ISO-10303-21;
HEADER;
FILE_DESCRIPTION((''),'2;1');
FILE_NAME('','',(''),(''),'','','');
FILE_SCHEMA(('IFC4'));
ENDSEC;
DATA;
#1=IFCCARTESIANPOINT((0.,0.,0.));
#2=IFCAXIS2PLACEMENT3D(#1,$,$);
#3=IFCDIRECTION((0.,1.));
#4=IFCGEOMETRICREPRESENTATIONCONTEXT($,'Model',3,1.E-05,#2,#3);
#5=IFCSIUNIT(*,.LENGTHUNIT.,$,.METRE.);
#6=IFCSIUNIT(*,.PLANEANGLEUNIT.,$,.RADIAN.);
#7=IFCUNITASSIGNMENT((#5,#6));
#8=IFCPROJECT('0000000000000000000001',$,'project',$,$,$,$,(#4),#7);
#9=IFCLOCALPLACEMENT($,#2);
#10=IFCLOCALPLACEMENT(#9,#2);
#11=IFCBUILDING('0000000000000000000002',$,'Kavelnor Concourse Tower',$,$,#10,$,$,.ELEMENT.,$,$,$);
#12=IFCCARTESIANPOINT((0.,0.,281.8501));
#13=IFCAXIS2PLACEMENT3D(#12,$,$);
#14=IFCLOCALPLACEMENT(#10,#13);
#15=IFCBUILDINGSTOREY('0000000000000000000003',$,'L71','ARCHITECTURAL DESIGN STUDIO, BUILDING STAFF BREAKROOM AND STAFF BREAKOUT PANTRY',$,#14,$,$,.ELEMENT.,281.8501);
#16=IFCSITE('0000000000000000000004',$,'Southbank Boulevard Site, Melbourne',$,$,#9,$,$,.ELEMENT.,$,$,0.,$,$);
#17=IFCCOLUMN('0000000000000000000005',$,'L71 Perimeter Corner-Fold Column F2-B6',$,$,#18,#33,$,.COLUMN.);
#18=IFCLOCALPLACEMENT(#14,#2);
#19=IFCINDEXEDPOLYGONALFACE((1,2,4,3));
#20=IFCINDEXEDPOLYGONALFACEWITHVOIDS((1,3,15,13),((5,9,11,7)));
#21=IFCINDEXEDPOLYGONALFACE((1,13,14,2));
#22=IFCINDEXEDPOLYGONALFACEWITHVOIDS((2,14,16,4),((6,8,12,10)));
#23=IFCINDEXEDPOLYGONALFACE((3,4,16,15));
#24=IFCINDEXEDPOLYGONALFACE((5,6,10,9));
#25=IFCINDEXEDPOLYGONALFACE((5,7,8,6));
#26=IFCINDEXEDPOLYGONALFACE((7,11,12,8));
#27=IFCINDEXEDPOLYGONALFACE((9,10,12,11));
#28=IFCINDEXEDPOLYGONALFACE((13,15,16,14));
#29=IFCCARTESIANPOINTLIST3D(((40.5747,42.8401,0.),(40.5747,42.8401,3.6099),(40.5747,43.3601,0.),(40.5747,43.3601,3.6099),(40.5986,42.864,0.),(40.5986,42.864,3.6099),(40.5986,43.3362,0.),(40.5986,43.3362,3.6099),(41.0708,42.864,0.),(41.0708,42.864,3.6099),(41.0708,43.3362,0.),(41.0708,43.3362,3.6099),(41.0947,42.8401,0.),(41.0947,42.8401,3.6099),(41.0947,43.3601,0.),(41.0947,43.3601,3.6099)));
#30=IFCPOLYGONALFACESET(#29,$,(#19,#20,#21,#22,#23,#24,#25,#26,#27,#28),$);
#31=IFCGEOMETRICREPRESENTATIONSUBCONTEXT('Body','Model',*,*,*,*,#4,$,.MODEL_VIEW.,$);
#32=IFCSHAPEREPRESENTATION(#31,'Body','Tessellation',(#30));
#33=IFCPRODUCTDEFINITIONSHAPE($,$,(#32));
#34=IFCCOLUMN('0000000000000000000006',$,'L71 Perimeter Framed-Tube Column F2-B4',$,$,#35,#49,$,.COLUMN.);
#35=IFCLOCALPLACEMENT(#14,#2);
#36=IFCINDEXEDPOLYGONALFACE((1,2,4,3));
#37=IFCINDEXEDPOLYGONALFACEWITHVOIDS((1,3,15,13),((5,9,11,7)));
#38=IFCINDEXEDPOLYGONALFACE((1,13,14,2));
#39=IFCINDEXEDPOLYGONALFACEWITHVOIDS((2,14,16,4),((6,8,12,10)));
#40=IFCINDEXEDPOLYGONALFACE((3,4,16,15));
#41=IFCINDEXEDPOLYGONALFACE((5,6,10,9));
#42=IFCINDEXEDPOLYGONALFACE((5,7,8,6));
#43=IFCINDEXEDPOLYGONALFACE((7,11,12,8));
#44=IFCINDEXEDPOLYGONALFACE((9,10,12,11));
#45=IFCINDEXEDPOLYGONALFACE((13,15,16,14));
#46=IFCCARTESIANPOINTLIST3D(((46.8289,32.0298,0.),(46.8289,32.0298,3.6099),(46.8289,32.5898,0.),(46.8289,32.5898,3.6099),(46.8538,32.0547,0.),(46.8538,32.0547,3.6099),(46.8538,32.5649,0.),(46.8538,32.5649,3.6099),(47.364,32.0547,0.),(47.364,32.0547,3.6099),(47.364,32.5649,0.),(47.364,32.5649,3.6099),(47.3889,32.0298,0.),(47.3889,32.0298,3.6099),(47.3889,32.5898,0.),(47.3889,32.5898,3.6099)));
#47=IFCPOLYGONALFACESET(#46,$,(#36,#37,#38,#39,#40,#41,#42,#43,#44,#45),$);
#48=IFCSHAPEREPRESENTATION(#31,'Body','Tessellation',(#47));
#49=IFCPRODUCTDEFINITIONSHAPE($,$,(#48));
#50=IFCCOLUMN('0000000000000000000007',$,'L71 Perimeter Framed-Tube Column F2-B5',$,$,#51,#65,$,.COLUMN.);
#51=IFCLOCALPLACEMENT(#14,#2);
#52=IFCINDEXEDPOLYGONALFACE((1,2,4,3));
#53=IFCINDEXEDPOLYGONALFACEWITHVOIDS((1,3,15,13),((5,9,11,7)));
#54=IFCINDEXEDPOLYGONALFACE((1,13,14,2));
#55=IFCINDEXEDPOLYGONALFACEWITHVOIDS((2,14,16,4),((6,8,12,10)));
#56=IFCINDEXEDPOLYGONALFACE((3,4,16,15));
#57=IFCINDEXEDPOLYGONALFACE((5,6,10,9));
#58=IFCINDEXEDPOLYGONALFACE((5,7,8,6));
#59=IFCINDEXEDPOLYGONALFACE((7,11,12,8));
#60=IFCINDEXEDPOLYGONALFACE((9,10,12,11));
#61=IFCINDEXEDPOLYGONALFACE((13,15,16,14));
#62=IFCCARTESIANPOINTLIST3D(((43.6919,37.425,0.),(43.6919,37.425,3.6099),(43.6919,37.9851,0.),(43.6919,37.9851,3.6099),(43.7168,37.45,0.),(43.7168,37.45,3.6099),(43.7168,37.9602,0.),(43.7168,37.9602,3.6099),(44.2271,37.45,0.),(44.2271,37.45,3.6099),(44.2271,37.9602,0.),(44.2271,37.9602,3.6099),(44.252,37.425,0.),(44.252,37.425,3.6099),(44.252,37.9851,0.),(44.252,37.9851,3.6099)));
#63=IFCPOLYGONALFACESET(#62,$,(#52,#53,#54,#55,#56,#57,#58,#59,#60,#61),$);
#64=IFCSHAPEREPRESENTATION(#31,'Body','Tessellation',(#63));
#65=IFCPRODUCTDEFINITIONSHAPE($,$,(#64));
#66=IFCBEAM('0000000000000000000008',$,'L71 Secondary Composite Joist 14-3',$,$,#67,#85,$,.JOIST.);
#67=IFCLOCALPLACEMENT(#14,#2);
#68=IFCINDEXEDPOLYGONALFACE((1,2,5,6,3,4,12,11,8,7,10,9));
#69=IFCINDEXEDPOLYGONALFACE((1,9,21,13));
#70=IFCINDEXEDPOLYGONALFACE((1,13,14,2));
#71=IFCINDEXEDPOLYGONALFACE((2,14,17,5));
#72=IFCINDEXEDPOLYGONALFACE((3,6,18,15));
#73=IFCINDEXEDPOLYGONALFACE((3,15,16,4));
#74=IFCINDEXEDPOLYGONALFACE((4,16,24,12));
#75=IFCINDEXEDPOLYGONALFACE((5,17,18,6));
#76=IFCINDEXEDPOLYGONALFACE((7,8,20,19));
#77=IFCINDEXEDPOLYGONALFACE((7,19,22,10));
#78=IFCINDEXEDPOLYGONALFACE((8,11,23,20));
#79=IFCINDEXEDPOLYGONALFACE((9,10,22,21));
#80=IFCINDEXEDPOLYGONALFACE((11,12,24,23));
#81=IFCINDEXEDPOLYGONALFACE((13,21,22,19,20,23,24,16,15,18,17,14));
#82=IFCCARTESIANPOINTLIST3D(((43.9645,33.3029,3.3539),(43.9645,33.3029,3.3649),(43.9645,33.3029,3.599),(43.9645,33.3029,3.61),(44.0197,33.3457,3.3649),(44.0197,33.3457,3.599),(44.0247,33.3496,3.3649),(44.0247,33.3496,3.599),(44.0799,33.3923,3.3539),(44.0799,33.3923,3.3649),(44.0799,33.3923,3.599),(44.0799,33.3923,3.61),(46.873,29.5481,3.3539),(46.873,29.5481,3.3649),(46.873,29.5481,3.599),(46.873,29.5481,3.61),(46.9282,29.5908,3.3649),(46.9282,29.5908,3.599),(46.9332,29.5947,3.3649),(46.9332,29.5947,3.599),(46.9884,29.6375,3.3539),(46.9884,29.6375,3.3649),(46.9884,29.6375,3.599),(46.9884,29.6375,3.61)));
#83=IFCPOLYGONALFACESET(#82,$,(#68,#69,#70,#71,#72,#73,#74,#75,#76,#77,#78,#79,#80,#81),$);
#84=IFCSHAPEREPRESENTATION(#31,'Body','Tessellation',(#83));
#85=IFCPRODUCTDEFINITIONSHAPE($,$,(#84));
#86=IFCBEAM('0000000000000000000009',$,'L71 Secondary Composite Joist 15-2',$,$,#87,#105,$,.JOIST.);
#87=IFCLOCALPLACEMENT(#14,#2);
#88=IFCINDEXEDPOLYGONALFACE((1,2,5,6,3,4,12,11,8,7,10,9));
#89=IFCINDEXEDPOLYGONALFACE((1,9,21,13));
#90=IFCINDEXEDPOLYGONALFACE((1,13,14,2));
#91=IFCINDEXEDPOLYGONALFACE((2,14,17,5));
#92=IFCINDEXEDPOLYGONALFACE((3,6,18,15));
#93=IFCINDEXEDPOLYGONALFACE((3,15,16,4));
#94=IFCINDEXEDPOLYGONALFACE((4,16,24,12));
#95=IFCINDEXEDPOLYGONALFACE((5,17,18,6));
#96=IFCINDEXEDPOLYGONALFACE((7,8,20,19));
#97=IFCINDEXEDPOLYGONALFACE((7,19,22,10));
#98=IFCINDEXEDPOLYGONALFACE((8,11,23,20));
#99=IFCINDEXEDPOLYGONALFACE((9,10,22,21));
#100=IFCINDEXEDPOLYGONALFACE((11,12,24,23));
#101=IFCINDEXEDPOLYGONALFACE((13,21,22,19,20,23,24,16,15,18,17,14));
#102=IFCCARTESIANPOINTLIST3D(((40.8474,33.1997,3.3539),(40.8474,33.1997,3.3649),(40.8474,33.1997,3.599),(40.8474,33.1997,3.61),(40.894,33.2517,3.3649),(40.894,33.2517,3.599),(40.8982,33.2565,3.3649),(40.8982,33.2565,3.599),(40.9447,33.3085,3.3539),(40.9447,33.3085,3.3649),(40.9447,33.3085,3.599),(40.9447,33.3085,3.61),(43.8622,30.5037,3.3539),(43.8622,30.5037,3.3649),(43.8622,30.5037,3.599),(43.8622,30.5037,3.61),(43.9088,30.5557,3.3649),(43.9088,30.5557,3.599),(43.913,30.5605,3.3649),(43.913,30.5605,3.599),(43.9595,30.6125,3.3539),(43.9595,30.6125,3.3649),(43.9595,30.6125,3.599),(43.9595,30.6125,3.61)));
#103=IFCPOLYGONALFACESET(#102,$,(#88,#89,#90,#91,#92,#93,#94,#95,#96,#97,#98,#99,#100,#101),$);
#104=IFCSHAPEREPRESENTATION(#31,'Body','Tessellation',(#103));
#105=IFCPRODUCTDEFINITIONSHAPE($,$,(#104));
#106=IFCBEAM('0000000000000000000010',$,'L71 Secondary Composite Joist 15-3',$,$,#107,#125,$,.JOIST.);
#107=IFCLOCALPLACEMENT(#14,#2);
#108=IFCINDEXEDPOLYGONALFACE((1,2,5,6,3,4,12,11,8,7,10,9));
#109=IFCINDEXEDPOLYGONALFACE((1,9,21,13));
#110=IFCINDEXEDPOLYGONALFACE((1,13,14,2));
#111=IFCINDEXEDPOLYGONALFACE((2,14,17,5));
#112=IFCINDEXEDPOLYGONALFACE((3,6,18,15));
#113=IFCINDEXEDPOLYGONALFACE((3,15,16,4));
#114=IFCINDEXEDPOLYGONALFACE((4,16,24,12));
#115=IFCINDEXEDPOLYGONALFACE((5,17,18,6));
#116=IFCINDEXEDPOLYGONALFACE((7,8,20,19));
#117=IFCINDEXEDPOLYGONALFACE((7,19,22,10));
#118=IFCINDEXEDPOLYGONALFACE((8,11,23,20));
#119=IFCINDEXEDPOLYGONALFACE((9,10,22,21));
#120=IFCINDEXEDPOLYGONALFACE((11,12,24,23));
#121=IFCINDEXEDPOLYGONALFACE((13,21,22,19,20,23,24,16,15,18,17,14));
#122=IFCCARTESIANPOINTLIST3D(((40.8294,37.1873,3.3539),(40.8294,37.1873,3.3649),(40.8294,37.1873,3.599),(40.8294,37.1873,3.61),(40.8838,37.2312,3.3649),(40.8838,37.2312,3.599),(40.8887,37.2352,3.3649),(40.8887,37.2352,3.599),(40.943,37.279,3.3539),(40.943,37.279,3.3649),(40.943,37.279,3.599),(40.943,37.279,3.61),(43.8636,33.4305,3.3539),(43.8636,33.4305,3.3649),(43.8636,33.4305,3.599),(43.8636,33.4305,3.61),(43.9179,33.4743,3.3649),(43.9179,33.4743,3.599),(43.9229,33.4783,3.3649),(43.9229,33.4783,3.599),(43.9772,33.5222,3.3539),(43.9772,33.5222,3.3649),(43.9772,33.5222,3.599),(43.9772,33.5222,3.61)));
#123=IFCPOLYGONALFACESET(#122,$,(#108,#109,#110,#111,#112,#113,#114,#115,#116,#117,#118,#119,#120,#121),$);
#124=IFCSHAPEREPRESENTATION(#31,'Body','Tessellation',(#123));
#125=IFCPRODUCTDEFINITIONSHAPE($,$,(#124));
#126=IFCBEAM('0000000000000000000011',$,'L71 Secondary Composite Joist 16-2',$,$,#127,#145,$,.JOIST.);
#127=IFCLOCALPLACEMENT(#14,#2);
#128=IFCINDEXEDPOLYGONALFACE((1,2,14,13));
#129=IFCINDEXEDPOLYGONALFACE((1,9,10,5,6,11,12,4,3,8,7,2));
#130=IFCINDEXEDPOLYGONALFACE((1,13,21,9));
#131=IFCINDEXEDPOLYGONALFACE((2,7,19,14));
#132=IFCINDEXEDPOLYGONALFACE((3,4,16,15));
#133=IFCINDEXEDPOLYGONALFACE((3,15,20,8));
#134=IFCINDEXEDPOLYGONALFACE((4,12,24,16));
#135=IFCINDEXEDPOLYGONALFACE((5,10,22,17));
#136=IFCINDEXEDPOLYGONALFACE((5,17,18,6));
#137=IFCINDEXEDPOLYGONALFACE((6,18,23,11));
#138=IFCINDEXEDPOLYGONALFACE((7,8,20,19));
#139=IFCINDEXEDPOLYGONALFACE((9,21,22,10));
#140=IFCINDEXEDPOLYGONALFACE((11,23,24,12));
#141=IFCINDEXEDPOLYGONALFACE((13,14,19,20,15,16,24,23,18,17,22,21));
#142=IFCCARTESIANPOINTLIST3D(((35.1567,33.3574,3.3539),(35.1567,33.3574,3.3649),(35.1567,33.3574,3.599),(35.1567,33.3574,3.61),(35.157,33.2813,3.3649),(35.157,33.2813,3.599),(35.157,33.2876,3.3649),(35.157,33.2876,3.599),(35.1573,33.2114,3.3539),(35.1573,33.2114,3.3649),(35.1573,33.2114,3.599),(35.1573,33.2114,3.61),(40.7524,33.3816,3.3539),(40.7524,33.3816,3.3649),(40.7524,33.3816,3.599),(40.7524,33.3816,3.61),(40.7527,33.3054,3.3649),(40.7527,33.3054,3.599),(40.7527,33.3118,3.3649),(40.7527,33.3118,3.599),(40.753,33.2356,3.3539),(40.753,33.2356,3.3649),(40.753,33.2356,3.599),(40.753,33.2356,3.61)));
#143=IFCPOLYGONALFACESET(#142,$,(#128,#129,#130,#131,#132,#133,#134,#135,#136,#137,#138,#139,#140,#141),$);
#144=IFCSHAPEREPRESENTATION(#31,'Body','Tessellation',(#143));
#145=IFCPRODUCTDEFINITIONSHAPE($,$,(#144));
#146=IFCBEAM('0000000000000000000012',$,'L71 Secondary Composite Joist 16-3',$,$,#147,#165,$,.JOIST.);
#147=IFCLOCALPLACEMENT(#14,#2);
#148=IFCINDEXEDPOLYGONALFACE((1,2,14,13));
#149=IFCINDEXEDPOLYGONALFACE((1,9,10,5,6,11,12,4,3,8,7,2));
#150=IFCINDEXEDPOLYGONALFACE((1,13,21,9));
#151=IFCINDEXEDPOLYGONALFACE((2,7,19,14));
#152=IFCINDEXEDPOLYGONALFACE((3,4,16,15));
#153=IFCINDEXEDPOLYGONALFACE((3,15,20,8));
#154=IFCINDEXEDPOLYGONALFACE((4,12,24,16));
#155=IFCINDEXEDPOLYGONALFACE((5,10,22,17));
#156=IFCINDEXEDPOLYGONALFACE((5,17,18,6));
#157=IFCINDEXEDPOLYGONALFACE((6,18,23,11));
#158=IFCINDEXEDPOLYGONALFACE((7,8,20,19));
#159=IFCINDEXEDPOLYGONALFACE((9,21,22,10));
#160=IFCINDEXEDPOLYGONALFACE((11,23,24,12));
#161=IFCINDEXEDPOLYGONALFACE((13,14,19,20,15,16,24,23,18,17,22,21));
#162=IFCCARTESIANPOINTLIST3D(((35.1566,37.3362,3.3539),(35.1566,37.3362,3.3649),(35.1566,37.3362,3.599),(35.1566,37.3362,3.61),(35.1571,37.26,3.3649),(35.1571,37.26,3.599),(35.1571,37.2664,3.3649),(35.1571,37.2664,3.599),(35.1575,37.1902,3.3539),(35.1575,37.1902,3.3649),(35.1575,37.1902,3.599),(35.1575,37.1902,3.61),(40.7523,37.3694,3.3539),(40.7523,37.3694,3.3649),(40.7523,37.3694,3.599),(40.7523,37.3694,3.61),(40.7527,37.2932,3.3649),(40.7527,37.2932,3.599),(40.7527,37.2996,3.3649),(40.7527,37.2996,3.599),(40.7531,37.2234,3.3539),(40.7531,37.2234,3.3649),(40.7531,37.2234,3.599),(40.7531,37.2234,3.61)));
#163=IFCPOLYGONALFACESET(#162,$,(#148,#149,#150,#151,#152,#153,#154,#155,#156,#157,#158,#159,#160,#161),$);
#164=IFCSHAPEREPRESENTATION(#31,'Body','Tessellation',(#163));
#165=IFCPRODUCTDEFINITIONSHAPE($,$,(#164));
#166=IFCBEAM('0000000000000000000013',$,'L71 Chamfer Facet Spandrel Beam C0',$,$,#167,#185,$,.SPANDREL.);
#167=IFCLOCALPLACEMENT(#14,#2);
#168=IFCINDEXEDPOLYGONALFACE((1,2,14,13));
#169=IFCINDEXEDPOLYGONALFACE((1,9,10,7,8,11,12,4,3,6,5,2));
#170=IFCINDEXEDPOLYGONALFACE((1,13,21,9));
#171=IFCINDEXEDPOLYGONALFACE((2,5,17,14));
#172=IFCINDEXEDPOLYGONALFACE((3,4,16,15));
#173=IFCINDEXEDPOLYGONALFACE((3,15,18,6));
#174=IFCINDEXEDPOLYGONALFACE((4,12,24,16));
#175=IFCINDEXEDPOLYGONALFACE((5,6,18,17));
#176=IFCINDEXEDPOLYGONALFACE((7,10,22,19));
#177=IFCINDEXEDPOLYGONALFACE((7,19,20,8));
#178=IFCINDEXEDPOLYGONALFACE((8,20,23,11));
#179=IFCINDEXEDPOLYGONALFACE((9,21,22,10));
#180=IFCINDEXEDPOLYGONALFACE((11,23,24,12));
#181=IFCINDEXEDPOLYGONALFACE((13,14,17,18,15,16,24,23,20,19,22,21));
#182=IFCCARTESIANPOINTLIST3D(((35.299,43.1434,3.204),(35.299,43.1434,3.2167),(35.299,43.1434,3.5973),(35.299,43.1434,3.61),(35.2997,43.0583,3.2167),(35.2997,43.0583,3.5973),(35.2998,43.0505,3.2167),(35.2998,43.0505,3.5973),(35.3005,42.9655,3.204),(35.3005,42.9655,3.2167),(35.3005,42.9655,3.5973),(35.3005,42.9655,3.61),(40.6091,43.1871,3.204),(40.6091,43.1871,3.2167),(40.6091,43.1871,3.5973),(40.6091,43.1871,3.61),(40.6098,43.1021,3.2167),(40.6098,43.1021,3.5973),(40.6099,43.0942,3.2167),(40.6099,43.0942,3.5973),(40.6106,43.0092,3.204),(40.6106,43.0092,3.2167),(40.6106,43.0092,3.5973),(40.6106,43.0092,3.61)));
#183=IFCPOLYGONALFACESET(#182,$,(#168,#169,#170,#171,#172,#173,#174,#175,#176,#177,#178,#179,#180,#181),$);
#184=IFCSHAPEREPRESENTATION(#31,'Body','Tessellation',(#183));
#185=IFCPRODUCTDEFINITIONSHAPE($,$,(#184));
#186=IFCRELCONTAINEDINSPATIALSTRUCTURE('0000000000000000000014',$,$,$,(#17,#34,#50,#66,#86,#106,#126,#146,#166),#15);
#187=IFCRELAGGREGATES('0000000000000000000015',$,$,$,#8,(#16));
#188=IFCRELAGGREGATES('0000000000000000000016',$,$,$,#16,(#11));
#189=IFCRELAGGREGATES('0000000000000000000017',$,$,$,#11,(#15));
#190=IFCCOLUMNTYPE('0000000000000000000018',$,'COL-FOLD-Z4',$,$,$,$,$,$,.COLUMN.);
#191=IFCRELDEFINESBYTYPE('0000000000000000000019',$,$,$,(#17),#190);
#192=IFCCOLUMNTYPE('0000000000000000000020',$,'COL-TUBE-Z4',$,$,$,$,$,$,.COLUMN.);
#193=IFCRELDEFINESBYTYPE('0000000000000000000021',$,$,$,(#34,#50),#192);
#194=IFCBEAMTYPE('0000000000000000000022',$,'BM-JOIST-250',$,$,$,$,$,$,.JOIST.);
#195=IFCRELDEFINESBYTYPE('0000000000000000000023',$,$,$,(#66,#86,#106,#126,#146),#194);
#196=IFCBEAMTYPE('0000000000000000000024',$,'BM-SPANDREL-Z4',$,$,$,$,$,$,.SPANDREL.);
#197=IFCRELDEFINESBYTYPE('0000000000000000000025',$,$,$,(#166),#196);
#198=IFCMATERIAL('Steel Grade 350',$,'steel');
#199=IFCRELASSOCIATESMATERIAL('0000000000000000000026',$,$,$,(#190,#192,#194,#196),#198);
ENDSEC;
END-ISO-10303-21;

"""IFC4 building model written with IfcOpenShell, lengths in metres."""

from ifc_helpers import new_model, si_unit, direction, frame, origin, origin_2d, place, context, subcontext, project, spatial, hollow_rectangle, i_section, extrude, material, material_profile, profile_set, type_object, element, save


model = new_model("IFC4")

# Units and contexts
model_context = context("Model", 3, precision=1e-05, world=origin(), true_north=direction((0.0, 1.0)))
body_context = subcontext(model_context, "Body", "Model", "MODEL_VIEW")
ifc_project = project(units=[si_unit("LENGTHUNIT", "METRE"), si_unit("PLANEANGLEUNIT", "RADIAN")], contexts=[model_context])

# Site, building, storey
site_placement = place(None, origin())
site = spatial("IfcSite", under=ifc_project, at=site_placement, Name="Southbank Boulevard Site, Melbourne", CompositionType="ELEMENT", RefElevation=0.0)
building_placement = place(site_placement, origin())
building = spatial("IfcBuilding", under=site, at=building_placement, Name="Kavelnor Concourse Tower", CompositionType="ELEMENT")
storey_placement = place(building_placement, frame((0.0, 0.0, 281.8501)))
storey = spatial("IfcBuildingStorey", under=building, at=storey_placement, Name="L71", Description="ARCHITECTURAL DESIGN STUDIO, BUILDING STAFF BREAKROOM AND STAFF BREAKOUT PANTRY", CompositionType="ELEMENT", Elevation=281.8501)

# Columns
ifc_material_1 = material(Name="Steel Grade 350", Category="steel")
ifc_material_profile_1 = material_profile(ifc_material_1, hollow_rectangle(XDim=0.52, YDim=0.52, WallThickness=0.0239, at=origin_2d()), Name="SHS 520x520x24")
ifc_profile_set_1 = profile_set([ifc_material_profile_1], Name="Steel Grade 350")
column_type_1 = type_object("IfcColumnType", Name="COL-FOLD-Z4", PredefinedType="COLUMN", material=ifc_profile_set_1)
column_placement = place(storey_placement, frame((40.8347, 43.1001, 0.0), z_axis=(0.0, 0.0, 1.0), x_axis=(1.0, 0.0, 0.0)))
element("IfcColumn", 1, at=column_placement, inside=storey, type_object=column_type_1, Name="L71 Perimeter Corner-Fold Column F2-B6", PredefinedType="COLUMN", context=body_context, shape_type="SweptSolid", body=[
    extrude(hollow_rectangle(XDim=0.52, YDim=0.52, WallThickness=0.0239, at=origin_2d()), origin(), (0.0, 0.0, 1.0), 3.6099),
])
ifc_material_profile_2 = material_profile(ifc_material_1, hollow_rectangle(XDim=0.5601, YDim=0.5601, WallThickness=0.0249, at=origin_2d()), Name="SHS 560x560x25")
ifc_profile_set_2 = profile_set([ifc_material_profile_2], Name="Steel Grade 350")
column_type_2 = type_object("IfcColumnType", Name="COL-TUBE-Z4", PredefinedType="COLUMN", material=ifc_profile_set_2)
for number, where, z_axis, x_axis, name in (
    (2, (47.1089, 32.3098, 0.0), (0.0, 0.0, 1.0), (1.0, 0.0, 0.0), "L71 Perimeter Framed-Tube Column F2-B4"),
    (3, (43.9719, 37.7051, 0.0), (0.0, 0.0, 1.0), (1.0, 0.0, 0.0), "L71 Perimeter Framed-Tube Column F2-B5"),
):
    element("IfcColumn", number, at=place(storey_placement, frame(where, z_axis=z_axis, x_axis=x_axis)), inside=storey, type_object=column_type_2, Name=name, PredefinedType="COLUMN", context=body_context, shape_type="SweptSolid", body=[
        extrude(hollow_rectangle(XDim=0.5601, YDim=0.5601, WallThickness=0.0249, at=origin_2d()), origin(), (0.0, 0.0, 1.0), 3.6099),
    ])

# Beams
ifc_material_profile_3 = material_profile(ifc_material_1, i_section(OverallWidth=0.146, OverallDepth=0.2561, WebThickness=0.0063, FlangeThickness=0.011, at=origin_2d()), Name="250UB37")
ifc_profile_set_3 = profile_set([ifc_material_profile_3], Name="Steel Grade 350")
beam_type_1 = type_object("IfcBeamType", Name="BM-JOIST-250", PredefinedType="JOIST", material=ifc_profile_set_3)
beam_1_placement = place(storey_placement, frame((46.9307, 29.5928, 3.4819), z_axis=(-0.612363, 0.790577, 0.0), x_axis=(-0.790577, -0.612363, 0.0)))
element("IfcBeam", 4, at=beam_1_placement, inside=storey, type_object=beam_type_1, Name="L71 Secondary Composite Joist 14-3", PredefinedType="JOIST", context=body_context, shape_type="SweptSolid", body=[
    extrude(i_section(OverallWidth=0.146, OverallDepth=0.2561, WebThickness=0.0063, FlangeThickness=0.011, at=origin_2d()), origin(), (0.0, 0.0, 1.0), 4.7495),
])
beam_2_placement = place(storey_placement, frame((43.9109, 30.5581, 3.4819), z_axis=(-0.745424, 0.66659, 0.0), x_axis=(-0.66659, -0.745424, 0.0)))
element("IfcBeam", 5, at=beam_2_placement, inside=storey, type_object=beam_type_1, Name="L71 Secondary Composite Joist 15-2", PredefinedType="JOIST", context=body_context, shape_type="SweptSolid", body=[
    extrude(i_section(OverallWidth=0.146, OverallDepth=0.2561, WebThickness=0.0063, FlangeThickness=0.011, at=origin_2d()), origin(), (0.0, 0.0, 1.0), 4.0444),
])
beam_3_placement = place(storey_placement, frame((43.9204, 33.4763, 3.4819), z_axis=(-0.628314, 0.77796, 0.0), x_axis=(-0.77796, -0.628314, 0.0)))
element("IfcBeam", 6, at=beam_3_placement, inside=storey, type_object=beam_type_1, Name="L71 Secondary Composite Joist 15-3", PredefinedType="JOIST", context=body_context, shape_type="SweptSolid", body=[
    extrude(i_section(OverallWidth=0.146, OverallDepth=0.2561, WebThickness=0.0063, FlangeThickness=0.011, at=origin_2d()), origin(), (0.0, 0.0, 1.0), 4.8291),
])
for number, where, z_axis, x_axis, name in (
    (7, (40.7527, 33.3086, 3.4819), (-0.999991, -0.004319, 0.0), (0.004319, -0.999991, 0.0), "L71 Secondary Composite Joist 16-2"),
    (8, (40.7527, 37.2964, 3.4819), (-0.999982, -0.005934, 0.0), (0.005934, -0.999982, 0.0), "L71 Secondary Composite Joist 16-3"),
):
    element("IfcBeam", number, at=place(storey_placement, frame(where, z_axis=z_axis, x_axis=x_axis)), inside=storey, type_object=beam_type_1, Name=name, PredefinedType="JOIST", context=body_context, shape_type="SweptSolid", body=[
        extrude(i_section(OverallWidth=0.146, OverallDepth=0.2561, WebThickness=0.0063, FlangeThickness=0.011, at=origin_2d()), origin(), (0.0, 0.0, 1.0), 5.5957),
    ])
ifc_material_profile_4 = material_profile(ifc_material_1, i_section(OverallWidth=0.178, OverallDepth=0.406, WebThickness=0.0078, FlangeThickness=0.0127, at=origin_2d()), Name="410UB59")
ifc_profile_set_4 = profile_set([ifc_material_profile_4], Name="Steel Grade 350")
beam_type_2 = type_object("IfcBeamType", Name="BM-SPANDREL-Z4", PredefinedType="SPANDREL", material=ifc_profile_set_4)
beam_4_placement = place(storey_placement, frame((40.6099, 43.0981, 3.407), z_axis=(-0.999966, -0.00823, 0.0), x_axis=(0.00823, -0.999966, 0.0)))
element("IfcBeam", 9, at=beam_4_placement, inside=storey, type_object=beam_type_2, Name="L71 Chamfer Facet Spandrel Beam C0", PredefinedType="SPANDREL", context=body_context, shape_type="SweptSolid", body=[
    extrude(i_section(OverallWidth=0.178, OverallDepth=0.406, WebThickness=0.0078, FlangeThickness=0.0127, at=origin_2d()), origin(), (0.0, 0.0, 1.0), 5.3103),
])

save(model, "model.ifc")
